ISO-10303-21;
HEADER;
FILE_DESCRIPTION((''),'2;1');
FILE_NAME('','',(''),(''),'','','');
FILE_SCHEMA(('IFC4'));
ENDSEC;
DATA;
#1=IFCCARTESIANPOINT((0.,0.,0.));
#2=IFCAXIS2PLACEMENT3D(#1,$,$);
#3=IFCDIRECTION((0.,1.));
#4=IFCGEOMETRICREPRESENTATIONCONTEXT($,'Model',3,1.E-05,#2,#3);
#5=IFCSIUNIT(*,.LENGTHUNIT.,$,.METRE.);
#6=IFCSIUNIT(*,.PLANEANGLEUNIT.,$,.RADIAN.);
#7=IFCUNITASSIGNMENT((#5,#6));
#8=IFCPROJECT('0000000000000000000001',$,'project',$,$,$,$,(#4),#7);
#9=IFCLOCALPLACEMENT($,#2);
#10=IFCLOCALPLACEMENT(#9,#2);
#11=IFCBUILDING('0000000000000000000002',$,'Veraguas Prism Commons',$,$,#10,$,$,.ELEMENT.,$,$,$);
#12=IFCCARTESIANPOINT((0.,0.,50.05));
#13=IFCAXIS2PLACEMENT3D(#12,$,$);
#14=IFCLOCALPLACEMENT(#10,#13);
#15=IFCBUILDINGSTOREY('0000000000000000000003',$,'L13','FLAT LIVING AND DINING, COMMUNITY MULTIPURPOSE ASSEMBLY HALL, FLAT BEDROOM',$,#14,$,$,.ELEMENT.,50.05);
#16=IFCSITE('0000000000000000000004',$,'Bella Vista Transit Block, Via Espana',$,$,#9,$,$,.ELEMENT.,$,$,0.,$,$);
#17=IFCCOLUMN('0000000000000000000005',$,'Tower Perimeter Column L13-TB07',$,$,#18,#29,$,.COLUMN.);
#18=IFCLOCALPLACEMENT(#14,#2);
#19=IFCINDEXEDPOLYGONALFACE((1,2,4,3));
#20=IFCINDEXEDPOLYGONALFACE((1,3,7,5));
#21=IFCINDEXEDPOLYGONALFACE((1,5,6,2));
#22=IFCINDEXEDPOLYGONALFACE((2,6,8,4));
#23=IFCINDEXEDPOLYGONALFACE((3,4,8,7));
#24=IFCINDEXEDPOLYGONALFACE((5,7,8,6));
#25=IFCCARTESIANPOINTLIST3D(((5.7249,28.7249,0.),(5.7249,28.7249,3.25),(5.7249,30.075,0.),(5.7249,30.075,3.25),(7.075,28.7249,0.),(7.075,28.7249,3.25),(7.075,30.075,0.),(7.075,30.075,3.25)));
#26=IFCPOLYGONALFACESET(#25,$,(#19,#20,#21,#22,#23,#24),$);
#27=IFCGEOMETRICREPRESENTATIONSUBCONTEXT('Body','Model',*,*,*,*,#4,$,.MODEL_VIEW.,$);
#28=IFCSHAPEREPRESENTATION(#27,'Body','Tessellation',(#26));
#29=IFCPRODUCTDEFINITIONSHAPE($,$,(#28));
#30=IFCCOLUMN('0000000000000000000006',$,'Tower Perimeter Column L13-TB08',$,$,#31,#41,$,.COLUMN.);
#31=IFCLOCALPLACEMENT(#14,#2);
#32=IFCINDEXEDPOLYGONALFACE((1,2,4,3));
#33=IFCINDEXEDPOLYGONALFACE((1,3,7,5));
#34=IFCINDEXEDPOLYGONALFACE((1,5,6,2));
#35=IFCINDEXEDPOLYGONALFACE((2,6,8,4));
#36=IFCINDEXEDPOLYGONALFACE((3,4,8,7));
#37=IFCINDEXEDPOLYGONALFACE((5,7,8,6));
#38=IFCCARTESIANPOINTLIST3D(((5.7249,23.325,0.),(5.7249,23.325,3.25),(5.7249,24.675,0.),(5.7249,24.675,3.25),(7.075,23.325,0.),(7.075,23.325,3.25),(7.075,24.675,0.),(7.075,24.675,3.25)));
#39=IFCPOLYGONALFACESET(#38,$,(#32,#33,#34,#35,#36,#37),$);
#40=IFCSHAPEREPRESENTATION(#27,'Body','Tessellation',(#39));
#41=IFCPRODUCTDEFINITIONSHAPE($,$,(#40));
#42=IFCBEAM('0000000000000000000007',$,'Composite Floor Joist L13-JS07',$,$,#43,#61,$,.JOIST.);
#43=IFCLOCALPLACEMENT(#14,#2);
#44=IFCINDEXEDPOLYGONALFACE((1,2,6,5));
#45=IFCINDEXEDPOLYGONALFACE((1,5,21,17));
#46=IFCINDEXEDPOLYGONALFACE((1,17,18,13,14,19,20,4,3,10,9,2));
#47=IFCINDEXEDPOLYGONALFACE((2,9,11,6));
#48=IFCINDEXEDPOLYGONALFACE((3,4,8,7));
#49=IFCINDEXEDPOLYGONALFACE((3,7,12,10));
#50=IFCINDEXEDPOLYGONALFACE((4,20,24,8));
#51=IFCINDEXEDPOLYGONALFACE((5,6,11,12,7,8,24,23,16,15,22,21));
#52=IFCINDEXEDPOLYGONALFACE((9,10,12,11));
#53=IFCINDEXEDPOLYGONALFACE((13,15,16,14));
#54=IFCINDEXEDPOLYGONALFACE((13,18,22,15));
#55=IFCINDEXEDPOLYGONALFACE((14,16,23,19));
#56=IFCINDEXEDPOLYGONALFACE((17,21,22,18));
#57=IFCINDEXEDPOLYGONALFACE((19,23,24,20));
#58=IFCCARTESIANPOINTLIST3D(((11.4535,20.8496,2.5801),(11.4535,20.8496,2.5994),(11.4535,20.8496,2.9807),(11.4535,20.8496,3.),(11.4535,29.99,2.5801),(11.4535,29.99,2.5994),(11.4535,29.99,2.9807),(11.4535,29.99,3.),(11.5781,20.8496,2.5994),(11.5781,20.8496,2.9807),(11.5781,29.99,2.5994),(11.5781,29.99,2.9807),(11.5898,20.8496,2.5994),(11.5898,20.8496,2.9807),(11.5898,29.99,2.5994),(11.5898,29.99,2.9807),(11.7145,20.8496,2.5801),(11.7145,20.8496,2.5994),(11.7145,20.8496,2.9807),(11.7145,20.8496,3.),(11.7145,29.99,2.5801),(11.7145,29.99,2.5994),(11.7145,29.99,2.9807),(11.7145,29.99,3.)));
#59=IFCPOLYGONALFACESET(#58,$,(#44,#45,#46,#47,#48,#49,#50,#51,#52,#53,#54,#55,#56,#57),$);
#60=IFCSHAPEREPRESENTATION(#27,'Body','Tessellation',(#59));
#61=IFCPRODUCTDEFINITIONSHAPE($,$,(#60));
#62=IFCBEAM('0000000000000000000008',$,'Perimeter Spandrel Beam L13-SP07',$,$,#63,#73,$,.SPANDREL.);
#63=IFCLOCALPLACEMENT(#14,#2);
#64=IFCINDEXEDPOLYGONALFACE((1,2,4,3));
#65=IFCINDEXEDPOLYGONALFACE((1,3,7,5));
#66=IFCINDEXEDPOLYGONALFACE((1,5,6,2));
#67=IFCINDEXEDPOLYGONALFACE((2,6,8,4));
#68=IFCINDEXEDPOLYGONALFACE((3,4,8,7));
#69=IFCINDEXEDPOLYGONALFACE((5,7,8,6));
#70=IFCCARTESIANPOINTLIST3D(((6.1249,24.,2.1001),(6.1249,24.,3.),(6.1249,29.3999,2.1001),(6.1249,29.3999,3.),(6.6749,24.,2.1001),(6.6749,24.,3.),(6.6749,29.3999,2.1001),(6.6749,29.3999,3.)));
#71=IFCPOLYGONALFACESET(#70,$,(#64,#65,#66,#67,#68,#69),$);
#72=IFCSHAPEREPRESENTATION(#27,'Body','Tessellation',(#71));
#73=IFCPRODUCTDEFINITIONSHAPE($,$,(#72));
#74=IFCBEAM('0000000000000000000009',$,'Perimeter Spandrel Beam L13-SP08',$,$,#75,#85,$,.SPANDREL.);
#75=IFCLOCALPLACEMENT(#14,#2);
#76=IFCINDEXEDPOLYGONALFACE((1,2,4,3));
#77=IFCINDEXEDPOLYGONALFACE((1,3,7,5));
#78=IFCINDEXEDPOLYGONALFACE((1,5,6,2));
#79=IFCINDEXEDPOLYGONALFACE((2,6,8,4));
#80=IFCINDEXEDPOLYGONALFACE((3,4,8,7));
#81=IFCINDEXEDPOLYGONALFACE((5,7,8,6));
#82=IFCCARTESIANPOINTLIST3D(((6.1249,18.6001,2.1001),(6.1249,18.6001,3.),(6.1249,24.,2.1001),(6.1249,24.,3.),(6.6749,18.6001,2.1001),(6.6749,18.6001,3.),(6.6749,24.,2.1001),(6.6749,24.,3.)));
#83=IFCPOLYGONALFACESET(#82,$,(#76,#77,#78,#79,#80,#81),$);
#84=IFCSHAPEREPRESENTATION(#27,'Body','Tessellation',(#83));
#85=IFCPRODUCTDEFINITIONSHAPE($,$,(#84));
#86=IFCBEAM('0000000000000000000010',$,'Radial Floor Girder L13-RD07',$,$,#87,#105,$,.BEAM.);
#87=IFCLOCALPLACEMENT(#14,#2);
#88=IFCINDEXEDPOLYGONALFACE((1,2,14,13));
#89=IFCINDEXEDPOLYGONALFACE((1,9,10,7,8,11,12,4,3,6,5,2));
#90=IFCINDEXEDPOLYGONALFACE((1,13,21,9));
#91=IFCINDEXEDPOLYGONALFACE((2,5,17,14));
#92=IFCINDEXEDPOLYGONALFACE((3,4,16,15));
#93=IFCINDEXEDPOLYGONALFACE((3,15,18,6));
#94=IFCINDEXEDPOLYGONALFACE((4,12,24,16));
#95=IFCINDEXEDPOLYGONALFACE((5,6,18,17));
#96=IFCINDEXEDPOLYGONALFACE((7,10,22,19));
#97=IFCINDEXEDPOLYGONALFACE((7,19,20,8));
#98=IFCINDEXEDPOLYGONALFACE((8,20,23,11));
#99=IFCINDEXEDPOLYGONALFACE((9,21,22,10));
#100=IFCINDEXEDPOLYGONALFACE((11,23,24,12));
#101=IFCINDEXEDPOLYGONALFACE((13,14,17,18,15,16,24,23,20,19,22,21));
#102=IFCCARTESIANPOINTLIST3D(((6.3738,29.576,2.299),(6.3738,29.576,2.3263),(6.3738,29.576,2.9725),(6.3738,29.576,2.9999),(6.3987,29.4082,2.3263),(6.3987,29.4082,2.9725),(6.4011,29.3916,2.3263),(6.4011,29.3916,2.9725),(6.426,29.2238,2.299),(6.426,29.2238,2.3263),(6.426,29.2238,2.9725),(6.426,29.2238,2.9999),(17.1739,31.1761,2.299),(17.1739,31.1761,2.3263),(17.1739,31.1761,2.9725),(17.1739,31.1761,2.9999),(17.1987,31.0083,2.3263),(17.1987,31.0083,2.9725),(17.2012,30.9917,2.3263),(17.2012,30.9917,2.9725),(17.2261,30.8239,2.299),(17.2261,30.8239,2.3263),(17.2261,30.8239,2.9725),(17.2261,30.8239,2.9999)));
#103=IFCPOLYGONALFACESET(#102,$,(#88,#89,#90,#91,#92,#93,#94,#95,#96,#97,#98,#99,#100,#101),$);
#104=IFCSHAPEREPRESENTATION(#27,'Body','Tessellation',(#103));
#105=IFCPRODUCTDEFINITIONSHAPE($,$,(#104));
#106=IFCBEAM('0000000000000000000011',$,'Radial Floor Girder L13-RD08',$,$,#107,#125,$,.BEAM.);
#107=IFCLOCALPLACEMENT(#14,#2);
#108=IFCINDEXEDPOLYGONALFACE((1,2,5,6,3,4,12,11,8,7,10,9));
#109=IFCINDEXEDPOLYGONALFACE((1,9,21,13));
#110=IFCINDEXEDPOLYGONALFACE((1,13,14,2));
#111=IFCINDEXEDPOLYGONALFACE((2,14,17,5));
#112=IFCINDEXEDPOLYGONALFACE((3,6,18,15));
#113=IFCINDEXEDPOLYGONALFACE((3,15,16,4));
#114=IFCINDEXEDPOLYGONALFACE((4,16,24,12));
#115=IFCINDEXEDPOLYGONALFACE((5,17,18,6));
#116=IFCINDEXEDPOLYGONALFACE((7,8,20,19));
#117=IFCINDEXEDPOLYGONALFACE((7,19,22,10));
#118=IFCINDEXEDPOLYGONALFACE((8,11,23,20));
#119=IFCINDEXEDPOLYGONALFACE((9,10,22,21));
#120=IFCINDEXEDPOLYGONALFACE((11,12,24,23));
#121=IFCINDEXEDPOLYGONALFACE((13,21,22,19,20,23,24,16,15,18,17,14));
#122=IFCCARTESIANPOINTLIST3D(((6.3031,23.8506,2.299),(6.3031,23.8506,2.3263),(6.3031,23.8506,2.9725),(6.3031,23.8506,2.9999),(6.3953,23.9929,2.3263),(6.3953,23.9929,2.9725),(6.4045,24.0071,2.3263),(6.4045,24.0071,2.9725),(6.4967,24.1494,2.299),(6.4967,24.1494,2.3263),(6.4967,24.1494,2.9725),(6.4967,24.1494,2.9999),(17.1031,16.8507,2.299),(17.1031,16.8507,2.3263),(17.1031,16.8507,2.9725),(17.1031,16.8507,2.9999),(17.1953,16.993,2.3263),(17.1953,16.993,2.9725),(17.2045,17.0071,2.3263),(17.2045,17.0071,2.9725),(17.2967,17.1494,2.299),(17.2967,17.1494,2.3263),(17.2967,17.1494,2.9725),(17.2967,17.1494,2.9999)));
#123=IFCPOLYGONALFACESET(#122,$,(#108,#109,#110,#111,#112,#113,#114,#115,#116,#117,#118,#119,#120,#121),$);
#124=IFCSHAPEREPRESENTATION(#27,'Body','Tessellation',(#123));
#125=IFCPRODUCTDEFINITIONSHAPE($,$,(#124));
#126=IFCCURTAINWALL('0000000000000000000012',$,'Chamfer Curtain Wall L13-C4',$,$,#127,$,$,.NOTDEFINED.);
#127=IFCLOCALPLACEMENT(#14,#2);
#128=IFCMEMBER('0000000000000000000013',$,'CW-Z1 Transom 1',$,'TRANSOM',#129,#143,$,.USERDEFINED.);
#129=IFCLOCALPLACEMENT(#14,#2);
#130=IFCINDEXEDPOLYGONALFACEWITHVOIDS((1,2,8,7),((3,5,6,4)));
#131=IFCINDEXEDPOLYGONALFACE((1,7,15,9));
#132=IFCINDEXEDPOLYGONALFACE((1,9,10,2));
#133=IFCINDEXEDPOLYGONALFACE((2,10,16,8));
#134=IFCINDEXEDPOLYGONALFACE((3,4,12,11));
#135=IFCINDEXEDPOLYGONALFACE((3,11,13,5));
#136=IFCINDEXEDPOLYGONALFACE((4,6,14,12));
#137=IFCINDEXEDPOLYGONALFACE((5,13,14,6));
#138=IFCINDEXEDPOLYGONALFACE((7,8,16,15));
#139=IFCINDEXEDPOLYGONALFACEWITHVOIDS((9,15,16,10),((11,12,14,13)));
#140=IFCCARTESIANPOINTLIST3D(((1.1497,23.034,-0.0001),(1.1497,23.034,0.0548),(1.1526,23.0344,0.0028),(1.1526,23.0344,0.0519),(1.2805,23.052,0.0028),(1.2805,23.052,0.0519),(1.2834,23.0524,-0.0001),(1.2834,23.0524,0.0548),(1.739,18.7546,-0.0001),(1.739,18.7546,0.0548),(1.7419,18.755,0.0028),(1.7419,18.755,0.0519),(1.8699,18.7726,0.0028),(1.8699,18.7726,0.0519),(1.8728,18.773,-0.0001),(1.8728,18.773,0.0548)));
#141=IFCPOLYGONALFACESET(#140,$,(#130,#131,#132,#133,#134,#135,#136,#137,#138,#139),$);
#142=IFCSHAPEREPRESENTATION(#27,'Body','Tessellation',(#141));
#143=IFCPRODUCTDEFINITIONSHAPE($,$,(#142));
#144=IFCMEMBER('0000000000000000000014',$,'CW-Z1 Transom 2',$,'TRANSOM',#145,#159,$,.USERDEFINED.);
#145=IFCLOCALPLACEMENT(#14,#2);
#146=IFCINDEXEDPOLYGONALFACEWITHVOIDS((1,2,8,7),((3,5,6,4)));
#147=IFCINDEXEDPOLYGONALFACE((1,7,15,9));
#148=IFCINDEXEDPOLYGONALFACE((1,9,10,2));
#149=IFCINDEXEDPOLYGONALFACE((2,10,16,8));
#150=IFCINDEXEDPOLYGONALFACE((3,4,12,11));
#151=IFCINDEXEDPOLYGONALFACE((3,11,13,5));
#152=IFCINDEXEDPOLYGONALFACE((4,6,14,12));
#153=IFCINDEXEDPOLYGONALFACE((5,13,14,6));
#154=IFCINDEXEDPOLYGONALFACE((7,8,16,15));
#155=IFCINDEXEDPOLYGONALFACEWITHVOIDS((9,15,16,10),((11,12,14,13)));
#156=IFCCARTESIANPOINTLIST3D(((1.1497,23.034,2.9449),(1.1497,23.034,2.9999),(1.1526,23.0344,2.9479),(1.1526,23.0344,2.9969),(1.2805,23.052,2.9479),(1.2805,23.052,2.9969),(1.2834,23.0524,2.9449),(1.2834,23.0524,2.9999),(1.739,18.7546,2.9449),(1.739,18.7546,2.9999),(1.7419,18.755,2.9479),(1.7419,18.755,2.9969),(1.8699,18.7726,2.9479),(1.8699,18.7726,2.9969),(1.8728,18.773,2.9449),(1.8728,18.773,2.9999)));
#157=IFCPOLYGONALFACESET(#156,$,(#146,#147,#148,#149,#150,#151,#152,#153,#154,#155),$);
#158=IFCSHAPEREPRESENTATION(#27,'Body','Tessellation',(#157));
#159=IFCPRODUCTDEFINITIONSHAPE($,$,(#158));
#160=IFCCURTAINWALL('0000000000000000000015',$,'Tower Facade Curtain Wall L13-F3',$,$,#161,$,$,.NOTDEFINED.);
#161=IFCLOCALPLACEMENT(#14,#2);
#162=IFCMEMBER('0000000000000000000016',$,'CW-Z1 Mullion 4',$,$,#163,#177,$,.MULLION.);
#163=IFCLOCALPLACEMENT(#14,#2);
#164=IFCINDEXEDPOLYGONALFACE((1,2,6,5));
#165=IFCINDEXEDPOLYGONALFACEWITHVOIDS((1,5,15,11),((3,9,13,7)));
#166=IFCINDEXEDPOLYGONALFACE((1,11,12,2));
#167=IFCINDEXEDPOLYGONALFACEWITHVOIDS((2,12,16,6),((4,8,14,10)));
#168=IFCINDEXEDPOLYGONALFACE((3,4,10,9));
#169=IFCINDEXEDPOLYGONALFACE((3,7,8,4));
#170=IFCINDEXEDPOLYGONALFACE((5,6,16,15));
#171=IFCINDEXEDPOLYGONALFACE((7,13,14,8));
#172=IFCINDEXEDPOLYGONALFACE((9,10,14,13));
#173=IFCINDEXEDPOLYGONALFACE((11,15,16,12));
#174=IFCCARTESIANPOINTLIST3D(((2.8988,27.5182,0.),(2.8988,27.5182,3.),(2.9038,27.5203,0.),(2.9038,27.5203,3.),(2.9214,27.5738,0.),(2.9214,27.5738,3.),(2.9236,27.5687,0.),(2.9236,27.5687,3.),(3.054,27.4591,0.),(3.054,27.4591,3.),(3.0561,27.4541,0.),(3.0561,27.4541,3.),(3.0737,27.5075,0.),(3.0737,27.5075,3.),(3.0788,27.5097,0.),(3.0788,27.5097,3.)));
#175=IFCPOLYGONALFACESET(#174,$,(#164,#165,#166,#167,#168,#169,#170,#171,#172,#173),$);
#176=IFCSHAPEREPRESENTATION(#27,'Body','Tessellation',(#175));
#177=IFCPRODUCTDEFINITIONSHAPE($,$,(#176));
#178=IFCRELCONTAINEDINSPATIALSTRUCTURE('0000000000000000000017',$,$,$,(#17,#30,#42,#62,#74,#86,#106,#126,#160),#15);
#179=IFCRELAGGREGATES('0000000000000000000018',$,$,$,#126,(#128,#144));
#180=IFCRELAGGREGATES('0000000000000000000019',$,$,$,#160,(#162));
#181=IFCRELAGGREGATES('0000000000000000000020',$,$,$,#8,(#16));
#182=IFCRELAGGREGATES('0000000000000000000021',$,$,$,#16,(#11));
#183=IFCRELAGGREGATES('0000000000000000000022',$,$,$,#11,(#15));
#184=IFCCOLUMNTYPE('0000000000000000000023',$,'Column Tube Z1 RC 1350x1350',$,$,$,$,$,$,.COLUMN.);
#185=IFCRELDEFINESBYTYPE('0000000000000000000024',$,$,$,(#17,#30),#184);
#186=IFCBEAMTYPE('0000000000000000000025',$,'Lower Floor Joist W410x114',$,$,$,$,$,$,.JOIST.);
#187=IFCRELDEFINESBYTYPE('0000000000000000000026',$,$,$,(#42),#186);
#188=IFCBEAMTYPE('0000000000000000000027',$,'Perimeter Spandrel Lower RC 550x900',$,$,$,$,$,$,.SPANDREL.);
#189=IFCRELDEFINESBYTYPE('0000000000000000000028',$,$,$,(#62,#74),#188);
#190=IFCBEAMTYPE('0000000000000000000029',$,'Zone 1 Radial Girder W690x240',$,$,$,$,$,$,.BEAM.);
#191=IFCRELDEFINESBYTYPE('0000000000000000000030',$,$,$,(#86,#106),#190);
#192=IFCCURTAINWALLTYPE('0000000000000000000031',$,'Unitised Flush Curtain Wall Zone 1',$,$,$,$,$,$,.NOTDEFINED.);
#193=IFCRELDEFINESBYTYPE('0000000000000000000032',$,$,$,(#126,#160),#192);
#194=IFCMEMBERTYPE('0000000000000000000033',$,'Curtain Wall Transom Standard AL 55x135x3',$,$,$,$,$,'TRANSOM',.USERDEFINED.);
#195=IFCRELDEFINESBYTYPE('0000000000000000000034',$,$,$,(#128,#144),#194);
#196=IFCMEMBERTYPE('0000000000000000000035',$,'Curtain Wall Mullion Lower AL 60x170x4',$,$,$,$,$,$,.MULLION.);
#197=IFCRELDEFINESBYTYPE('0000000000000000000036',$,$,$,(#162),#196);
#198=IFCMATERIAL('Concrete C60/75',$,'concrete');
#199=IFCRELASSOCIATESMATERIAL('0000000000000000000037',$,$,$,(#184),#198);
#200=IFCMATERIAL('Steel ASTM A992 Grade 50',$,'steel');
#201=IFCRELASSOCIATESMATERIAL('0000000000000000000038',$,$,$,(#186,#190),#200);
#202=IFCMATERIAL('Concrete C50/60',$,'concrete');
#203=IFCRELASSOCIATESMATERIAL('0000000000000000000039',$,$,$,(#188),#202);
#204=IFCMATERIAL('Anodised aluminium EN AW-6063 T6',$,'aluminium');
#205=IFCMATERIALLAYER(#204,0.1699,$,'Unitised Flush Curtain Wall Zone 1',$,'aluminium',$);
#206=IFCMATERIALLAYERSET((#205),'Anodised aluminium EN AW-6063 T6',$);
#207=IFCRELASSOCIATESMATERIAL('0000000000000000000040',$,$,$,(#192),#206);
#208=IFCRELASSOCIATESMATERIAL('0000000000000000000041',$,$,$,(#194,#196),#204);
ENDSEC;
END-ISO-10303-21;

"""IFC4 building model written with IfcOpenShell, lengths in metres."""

from ifc_helpers import new_model, si_unit, direction, frame, origin, origin_2d, place, context, subcontext, project, spatial, rectangle, hollow_rectangle, i_section, extrude, source, transform, mapped, material, layer, layer_set, material_profile, profile_set, type_object, element, aggregate, save


model = new_model("IFC4")

# Units and contexts
model_context = context("Model", 3, precision=1e-05, world=origin(), true_north=direction((0.0, 1.0)))
body_context = subcontext(model_context, "Body", "Model", "MODEL_VIEW")
ifc_project = project(units=[si_unit("LENGTHUNIT", "METRE"), si_unit("PLANEANGLEUNIT", "RADIAN")], contexts=[model_context])

# Site, building, storey
site_placement = place(None, origin())
site = spatial("IfcSite", under=ifc_project, at=site_placement, Name="Bella Vista Transit Block, Via Espana", CompositionType="ELEMENT", RefElevation=0.0)
building_placement = place(site_placement, origin())
building = spatial("IfcBuilding", under=site, at=building_placement, Name="Veraguas Prism Commons", CompositionType="ELEMENT")
storey_placement = place(building_placement, frame((0.0, 0.0, 50.05)))
storey = spatial("IfcBuildingStorey", under=building, at=storey_placement, Name="L13", Description="FLAT LIVING AND DINING, COMMUNITY MULTIPURPOSE ASSEMBLY HALL, FLAT BEDROOM", CompositionType="ELEMENT", Elevation=50.05)

# Columns
ifc_material_1 = material(Name="Concrete C60/75", Category="concrete")
ifc_material_profile_1 = material_profile(ifc_material_1, rectangle(XDim=1.3501, YDim=1.3501, at=origin_2d()), Name="RC1350X1350")
ifc_profile_set_1 = profile_set([ifc_material_profile_1], Name="Concrete C60/75")
column_type = type_object("IfcColumnType", Name="Column Tube Z1 RC 1350x1350", PredefinedType="COLUMN", material=ifc_profile_set_1)
for number, where, z_axis, x_axis, name in (
    (1, (6.3999, 29.3999, 0.0), (0.0, 0.0, 1.0), (1.0, 0.0, 0.0), "Tower Perimeter Column L13-TB07"),
    (2, (6.3999, 24.0, 0.0), (0.0, 0.0, 1.0), (1.0, 0.0, 0.0), "Tower Perimeter Column L13-TB08"),
):
    element("IfcColumn", number, at=place(storey_placement, frame(where, z_axis=z_axis, x_axis=x_axis)), inside=storey, type_object=column_type, Name=name, PredefinedType="COLUMN", context=body_context, shape_type="SweptSolid", body=[
        extrude(rectangle(XDim=1.3501, YDim=1.3501, at=origin_2d()), origin(), (0.0, 0.0, 1.0), 3.25),
    ])

# Beams
ifc_material_2 = material(Name="Steel ASTM A992 Grade 50", Category="steel")
ifc_material_profile_2 = material_profile(ifc_material_2, i_section(OverallWidth=0.261, OverallDepth=0.4199, WebThickness=0.0117, FlangeThickness=0.0193, at=origin_2d()), Name="W410X114")
ifc_profile_set_2 = profile_set([ifc_material_profile_2], Name="Steel ASTM A992 Grade 50")
beam_type_1 = type_object("IfcBeamType", Name="Lower Floor Joist W410x114", PredefinedType="JOIST", material=ifc_profile_set_2)
beam_1_placement = place(storey_placement, frame((11.584, 29.99, 2.79), z_axis=(0.0, -1.0, 0.0), x_axis=(1.0, 0.0, 0.0)))
element("IfcBeam", 3, at=beam_1_placement, inside=storey, type_object=beam_type_1, Name="Composite Floor Joist L13-JS07", PredefinedType="JOIST", context=body_context, shape_type="SweptSolid", body=[
    extrude(i_section(OverallWidth=0.261, OverallDepth=0.4199, WebThickness=0.0117, FlangeThickness=0.0193, at=origin_2d()), origin(), (0.0, 0.0, 1.0), 9.1404),
])
ifc_material_3 = material(Name="Concrete C50/60", Category="concrete")
ifc_material_profile_3 = material_profile(ifc_material_3, rectangle(XDim=0.55, YDim=0.8999, at=origin_2d()), Name="RC550X900")
ifc_profile_set_3 = profile_set([ifc_material_profile_3], Name="Concrete C50/60")
beam_type_2 = type_object("IfcBeamType", Name="Perimeter Spandrel Lower RC 550x900", PredefinedType="SPANDREL", material=ifc_profile_set_3)
for number, where, z_axis, x_axis, name in (
    (4, (6.3999, 29.3999, 2.55), (0.0, -1.0, 0.0), (1.0, 0.0, 0.0), "Perimeter Spandrel Beam L13-SP07"),
    (5, (6.3999, 24.0, 2.55), (0.0, -1.0, 0.0), (1.0, 0.0, 0.0), "Perimeter Spandrel Beam L13-SP08"),
):
    element("IfcBeam", number, at=place(storey_placement, frame(where, z_axis=z_axis, x_axis=x_axis)), inside=storey, type_object=beam_type_2, Name=name, PredefinedType="SPANDREL", context=body_context, shape_type="SweptSolid", body=[
        extrude(rectangle(XDim=0.55, YDim=0.8999, at=origin_2d()), origin(), (0.0, 0.0, 1.0), 5.3999),
    ])
ifc_material_profile_4 = material_profile(ifc_material_2, i_section(OverallWidth=0.356, OverallDepth=0.7009, WebThickness=0.0168, FlangeThickness=0.0273, at=origin_2d()), Name="W690X240")
ifc_profile_set_4 = profile_set([ifc_material_profile_4], Name="Steel ASTM A992 Grade 50")
beam_type_3 = type_object("IfcBeamType", Name="Zone 1 Radial Girder W690x240", PredefinedType="BEAM", material=ifc_profile_set_4)
beam_2_placement = place(storey_placement, frame((6.3999, 29.3999, 2.6494), z_axis=(0.989202, 0.146557, 0.0), x_axis=(-0.146557, 0.989202, 0.0)))
element("IfcBeam", 6, at=beam_2_placement, inside=storey, type_object=beam_type_3, Name="Radial Floor Girder L13-RD07", PredefinedType="BEAM", context=body_context, shape_type="SweptSolid", body=[
    extrude(i_section(OverallWidth=0.356, OverallDepth=0.7009, WebThickness=0.0168, FlangeThickness=0.0273, at=origin_2d()), origin(), (0.0, 0.0, 1.0), 10.918),
])
beam_3_placement = place(storey_placement, frame((6.3999, 24.0, 2.6494), z_axis=(0.839154, -0.543894, 0.0), x_axis=(0.543894, 0.839154, 0.0)))
element("IfcBeam", 7, at=beam_3_placement, inside=storey, type_object=beam_type_3, Name="Radial Floor Girder L13-RD08", PredefinedType="BEAM", context=body_context, shape_type="SweptSolid", body=[
    extrude(i_section(OverallWidth=0.356, OverallDepth=0.7009, WebThickness=0.0168, FlangeThickness=0.0273, at=origin_2d()), origin(), (0.0, 0.0, 1.0), 12.8701),
])

# Curtain walls, members
ifc_material_4 = material(Name="Anodised aluminium EN AW-6063 T6", Category="aluminium")
ifc_layer_1 = layer(ifc_material_4, 0.1699, Name="Unitised Flush Curtain Wall Zone 1", Category="aluminium")
ifc_layer_set_1 = layer_set([ifc_layer_1], Name="Anodised aluminium EN AW-6063 T6")
curtain_wall_type = type_object("IfcCurtainWallType", Name="Unitised Flush Curtain Wall Zone 1", PredefinedType="NOTDEFINED", material=ifc_layer_set_1)
curtain_wall_1_placement = place(storey_placement, origin())
curtain_wall_1 = element("IfcCurtainWall", 8, at=curtain_wall_1_placement, inside=storey, type_object=curtain_wall_type, Name="Chamfer Curtain Wall L13-C4", PredefinedType="NOTDEFINED")
ifc_material_profile_5 = material_profile(ifc_material_4, hollow_rectangle(XDim=0.0549, YDim=0.135, WallThickness=0.0029, at=origin_2d()), Name="AL55X135X3")
ifc_profile_set_5 = profile_set([ifc_material_profile_5], Name="Anodised aluminium EN AW-6063 T6")
member_type_1 = type_object("IfcMemberType", Name="Curtain Wall Transom Standard AL 55x135x3", ElementType="TRANSOM", PredefinedType="USERDEFINED", material=ifc_profile_set_5)
shared_shape_1 = source(origin(), body_context, "Body", "SweptSolid", [
    extrude(hollow_rectangle(XDim=0.0549, YDim=0.135, WallThickness=0.0029, at=origin_2d()), origin(), (0.0, 0.0, 1.0), 4.3198),
])
member_1_placement = place(storey_placement, frame((1.2166, 23.0432, 0.0273), z_axis=(0.136427, -0.99065, 0.0), x_axis=(0.0, 0.0, 1.0)))
member_1 = element("IfcMember", 9, at=member_1_placement, type_object=member_type_1, Name="CW-Z1 Transom 1", ObjectType="TRANSOM", PredefinedType="USERDEFINED", context=body_context, shape_type="MappedRepresentation", body=[
    mapped(shared_shape_1, transform((0.0, 0.0, 0.0), scale=1.0)),
])
member_2_placement = place(storey_placement, frame((1.2166, 23.0432, 2.9724), z_axis=(0.136427, -0.99065, 0.0), x_axis=(0.0, 0.0, 1.0)))
member_2 = element("IfcMember", 10, at=member_2_placement, type_object=member_type_1, Name="CW-Z1 Transom 2", ObjectType="TRANSOM", PredefinedType="USERDEFINED", context=body_context, shape_type="MappedRepresentation", body=[
    mapped(shared_shape_1, transform((0.0, 0.0, 0.0), scale=1.0)),
])
curtain_wall_2_placement = place(storey_placement, origin())
curtain_wall_2 = element("IfcCurtainWall", 11, at=curtain_wall_2_placement, inside=storey, type_object=curtain_wall_type, Name="Tower Facade Curtain Wall L13-F3", PredefinedType="NOTDEFINED")
ifc_material_profile_6 = material_profile(ifc_material_4, hollow_rectangle(XDim=0.0601, YDim=0.1699, WallThickness=0.0039, at=origin_2d()), Name="AL60X170X4")
ifc_profile_set_6 = profile_set([ifc_material_profile_6], Name="Anodised aluminium EN AW-6063 T6")
member_type_2 = type_object("IfcMemberType", Name="Curtain Wall Mullion Lower AL 60x170x4", PredefinedType="MULLION", material=ifc_profile_set_6)
shared_shape_2 = source(origin(), body_context, "Body", "SweptSolid", [
    extrude(hollow_rectangle(XDim=0.0601, YDim=0.1699, WallThickness=0.0039, at=origin_2d()), origin(), (0.0, 0.0, 1.0), 3.0),
])
member_3_placement = place(storey_placement, frame((2.9888, 27.5139, 0.0), z_axis=(0.0, 0.0, 1.0), x_axis=(-0.377198, -0.926133, 0.0)))
member_3 = element("IfcMember", 12, at=member_3_placement, type_object=member_type_2, Name="CW-Z1 Mullion 4", PredefinedType="MULLION", context=body_context, shape_type="MappedRepresentation", body=[
    mapped(shared_shape_2, transform((0.0, 0.0, 0.0), scale=1.0)),
])

aggregate(curtain_wall_1, [member_1, member_2])

aggregate(curtain_wall_2, [member_3])

save(model, "model.ifc")
